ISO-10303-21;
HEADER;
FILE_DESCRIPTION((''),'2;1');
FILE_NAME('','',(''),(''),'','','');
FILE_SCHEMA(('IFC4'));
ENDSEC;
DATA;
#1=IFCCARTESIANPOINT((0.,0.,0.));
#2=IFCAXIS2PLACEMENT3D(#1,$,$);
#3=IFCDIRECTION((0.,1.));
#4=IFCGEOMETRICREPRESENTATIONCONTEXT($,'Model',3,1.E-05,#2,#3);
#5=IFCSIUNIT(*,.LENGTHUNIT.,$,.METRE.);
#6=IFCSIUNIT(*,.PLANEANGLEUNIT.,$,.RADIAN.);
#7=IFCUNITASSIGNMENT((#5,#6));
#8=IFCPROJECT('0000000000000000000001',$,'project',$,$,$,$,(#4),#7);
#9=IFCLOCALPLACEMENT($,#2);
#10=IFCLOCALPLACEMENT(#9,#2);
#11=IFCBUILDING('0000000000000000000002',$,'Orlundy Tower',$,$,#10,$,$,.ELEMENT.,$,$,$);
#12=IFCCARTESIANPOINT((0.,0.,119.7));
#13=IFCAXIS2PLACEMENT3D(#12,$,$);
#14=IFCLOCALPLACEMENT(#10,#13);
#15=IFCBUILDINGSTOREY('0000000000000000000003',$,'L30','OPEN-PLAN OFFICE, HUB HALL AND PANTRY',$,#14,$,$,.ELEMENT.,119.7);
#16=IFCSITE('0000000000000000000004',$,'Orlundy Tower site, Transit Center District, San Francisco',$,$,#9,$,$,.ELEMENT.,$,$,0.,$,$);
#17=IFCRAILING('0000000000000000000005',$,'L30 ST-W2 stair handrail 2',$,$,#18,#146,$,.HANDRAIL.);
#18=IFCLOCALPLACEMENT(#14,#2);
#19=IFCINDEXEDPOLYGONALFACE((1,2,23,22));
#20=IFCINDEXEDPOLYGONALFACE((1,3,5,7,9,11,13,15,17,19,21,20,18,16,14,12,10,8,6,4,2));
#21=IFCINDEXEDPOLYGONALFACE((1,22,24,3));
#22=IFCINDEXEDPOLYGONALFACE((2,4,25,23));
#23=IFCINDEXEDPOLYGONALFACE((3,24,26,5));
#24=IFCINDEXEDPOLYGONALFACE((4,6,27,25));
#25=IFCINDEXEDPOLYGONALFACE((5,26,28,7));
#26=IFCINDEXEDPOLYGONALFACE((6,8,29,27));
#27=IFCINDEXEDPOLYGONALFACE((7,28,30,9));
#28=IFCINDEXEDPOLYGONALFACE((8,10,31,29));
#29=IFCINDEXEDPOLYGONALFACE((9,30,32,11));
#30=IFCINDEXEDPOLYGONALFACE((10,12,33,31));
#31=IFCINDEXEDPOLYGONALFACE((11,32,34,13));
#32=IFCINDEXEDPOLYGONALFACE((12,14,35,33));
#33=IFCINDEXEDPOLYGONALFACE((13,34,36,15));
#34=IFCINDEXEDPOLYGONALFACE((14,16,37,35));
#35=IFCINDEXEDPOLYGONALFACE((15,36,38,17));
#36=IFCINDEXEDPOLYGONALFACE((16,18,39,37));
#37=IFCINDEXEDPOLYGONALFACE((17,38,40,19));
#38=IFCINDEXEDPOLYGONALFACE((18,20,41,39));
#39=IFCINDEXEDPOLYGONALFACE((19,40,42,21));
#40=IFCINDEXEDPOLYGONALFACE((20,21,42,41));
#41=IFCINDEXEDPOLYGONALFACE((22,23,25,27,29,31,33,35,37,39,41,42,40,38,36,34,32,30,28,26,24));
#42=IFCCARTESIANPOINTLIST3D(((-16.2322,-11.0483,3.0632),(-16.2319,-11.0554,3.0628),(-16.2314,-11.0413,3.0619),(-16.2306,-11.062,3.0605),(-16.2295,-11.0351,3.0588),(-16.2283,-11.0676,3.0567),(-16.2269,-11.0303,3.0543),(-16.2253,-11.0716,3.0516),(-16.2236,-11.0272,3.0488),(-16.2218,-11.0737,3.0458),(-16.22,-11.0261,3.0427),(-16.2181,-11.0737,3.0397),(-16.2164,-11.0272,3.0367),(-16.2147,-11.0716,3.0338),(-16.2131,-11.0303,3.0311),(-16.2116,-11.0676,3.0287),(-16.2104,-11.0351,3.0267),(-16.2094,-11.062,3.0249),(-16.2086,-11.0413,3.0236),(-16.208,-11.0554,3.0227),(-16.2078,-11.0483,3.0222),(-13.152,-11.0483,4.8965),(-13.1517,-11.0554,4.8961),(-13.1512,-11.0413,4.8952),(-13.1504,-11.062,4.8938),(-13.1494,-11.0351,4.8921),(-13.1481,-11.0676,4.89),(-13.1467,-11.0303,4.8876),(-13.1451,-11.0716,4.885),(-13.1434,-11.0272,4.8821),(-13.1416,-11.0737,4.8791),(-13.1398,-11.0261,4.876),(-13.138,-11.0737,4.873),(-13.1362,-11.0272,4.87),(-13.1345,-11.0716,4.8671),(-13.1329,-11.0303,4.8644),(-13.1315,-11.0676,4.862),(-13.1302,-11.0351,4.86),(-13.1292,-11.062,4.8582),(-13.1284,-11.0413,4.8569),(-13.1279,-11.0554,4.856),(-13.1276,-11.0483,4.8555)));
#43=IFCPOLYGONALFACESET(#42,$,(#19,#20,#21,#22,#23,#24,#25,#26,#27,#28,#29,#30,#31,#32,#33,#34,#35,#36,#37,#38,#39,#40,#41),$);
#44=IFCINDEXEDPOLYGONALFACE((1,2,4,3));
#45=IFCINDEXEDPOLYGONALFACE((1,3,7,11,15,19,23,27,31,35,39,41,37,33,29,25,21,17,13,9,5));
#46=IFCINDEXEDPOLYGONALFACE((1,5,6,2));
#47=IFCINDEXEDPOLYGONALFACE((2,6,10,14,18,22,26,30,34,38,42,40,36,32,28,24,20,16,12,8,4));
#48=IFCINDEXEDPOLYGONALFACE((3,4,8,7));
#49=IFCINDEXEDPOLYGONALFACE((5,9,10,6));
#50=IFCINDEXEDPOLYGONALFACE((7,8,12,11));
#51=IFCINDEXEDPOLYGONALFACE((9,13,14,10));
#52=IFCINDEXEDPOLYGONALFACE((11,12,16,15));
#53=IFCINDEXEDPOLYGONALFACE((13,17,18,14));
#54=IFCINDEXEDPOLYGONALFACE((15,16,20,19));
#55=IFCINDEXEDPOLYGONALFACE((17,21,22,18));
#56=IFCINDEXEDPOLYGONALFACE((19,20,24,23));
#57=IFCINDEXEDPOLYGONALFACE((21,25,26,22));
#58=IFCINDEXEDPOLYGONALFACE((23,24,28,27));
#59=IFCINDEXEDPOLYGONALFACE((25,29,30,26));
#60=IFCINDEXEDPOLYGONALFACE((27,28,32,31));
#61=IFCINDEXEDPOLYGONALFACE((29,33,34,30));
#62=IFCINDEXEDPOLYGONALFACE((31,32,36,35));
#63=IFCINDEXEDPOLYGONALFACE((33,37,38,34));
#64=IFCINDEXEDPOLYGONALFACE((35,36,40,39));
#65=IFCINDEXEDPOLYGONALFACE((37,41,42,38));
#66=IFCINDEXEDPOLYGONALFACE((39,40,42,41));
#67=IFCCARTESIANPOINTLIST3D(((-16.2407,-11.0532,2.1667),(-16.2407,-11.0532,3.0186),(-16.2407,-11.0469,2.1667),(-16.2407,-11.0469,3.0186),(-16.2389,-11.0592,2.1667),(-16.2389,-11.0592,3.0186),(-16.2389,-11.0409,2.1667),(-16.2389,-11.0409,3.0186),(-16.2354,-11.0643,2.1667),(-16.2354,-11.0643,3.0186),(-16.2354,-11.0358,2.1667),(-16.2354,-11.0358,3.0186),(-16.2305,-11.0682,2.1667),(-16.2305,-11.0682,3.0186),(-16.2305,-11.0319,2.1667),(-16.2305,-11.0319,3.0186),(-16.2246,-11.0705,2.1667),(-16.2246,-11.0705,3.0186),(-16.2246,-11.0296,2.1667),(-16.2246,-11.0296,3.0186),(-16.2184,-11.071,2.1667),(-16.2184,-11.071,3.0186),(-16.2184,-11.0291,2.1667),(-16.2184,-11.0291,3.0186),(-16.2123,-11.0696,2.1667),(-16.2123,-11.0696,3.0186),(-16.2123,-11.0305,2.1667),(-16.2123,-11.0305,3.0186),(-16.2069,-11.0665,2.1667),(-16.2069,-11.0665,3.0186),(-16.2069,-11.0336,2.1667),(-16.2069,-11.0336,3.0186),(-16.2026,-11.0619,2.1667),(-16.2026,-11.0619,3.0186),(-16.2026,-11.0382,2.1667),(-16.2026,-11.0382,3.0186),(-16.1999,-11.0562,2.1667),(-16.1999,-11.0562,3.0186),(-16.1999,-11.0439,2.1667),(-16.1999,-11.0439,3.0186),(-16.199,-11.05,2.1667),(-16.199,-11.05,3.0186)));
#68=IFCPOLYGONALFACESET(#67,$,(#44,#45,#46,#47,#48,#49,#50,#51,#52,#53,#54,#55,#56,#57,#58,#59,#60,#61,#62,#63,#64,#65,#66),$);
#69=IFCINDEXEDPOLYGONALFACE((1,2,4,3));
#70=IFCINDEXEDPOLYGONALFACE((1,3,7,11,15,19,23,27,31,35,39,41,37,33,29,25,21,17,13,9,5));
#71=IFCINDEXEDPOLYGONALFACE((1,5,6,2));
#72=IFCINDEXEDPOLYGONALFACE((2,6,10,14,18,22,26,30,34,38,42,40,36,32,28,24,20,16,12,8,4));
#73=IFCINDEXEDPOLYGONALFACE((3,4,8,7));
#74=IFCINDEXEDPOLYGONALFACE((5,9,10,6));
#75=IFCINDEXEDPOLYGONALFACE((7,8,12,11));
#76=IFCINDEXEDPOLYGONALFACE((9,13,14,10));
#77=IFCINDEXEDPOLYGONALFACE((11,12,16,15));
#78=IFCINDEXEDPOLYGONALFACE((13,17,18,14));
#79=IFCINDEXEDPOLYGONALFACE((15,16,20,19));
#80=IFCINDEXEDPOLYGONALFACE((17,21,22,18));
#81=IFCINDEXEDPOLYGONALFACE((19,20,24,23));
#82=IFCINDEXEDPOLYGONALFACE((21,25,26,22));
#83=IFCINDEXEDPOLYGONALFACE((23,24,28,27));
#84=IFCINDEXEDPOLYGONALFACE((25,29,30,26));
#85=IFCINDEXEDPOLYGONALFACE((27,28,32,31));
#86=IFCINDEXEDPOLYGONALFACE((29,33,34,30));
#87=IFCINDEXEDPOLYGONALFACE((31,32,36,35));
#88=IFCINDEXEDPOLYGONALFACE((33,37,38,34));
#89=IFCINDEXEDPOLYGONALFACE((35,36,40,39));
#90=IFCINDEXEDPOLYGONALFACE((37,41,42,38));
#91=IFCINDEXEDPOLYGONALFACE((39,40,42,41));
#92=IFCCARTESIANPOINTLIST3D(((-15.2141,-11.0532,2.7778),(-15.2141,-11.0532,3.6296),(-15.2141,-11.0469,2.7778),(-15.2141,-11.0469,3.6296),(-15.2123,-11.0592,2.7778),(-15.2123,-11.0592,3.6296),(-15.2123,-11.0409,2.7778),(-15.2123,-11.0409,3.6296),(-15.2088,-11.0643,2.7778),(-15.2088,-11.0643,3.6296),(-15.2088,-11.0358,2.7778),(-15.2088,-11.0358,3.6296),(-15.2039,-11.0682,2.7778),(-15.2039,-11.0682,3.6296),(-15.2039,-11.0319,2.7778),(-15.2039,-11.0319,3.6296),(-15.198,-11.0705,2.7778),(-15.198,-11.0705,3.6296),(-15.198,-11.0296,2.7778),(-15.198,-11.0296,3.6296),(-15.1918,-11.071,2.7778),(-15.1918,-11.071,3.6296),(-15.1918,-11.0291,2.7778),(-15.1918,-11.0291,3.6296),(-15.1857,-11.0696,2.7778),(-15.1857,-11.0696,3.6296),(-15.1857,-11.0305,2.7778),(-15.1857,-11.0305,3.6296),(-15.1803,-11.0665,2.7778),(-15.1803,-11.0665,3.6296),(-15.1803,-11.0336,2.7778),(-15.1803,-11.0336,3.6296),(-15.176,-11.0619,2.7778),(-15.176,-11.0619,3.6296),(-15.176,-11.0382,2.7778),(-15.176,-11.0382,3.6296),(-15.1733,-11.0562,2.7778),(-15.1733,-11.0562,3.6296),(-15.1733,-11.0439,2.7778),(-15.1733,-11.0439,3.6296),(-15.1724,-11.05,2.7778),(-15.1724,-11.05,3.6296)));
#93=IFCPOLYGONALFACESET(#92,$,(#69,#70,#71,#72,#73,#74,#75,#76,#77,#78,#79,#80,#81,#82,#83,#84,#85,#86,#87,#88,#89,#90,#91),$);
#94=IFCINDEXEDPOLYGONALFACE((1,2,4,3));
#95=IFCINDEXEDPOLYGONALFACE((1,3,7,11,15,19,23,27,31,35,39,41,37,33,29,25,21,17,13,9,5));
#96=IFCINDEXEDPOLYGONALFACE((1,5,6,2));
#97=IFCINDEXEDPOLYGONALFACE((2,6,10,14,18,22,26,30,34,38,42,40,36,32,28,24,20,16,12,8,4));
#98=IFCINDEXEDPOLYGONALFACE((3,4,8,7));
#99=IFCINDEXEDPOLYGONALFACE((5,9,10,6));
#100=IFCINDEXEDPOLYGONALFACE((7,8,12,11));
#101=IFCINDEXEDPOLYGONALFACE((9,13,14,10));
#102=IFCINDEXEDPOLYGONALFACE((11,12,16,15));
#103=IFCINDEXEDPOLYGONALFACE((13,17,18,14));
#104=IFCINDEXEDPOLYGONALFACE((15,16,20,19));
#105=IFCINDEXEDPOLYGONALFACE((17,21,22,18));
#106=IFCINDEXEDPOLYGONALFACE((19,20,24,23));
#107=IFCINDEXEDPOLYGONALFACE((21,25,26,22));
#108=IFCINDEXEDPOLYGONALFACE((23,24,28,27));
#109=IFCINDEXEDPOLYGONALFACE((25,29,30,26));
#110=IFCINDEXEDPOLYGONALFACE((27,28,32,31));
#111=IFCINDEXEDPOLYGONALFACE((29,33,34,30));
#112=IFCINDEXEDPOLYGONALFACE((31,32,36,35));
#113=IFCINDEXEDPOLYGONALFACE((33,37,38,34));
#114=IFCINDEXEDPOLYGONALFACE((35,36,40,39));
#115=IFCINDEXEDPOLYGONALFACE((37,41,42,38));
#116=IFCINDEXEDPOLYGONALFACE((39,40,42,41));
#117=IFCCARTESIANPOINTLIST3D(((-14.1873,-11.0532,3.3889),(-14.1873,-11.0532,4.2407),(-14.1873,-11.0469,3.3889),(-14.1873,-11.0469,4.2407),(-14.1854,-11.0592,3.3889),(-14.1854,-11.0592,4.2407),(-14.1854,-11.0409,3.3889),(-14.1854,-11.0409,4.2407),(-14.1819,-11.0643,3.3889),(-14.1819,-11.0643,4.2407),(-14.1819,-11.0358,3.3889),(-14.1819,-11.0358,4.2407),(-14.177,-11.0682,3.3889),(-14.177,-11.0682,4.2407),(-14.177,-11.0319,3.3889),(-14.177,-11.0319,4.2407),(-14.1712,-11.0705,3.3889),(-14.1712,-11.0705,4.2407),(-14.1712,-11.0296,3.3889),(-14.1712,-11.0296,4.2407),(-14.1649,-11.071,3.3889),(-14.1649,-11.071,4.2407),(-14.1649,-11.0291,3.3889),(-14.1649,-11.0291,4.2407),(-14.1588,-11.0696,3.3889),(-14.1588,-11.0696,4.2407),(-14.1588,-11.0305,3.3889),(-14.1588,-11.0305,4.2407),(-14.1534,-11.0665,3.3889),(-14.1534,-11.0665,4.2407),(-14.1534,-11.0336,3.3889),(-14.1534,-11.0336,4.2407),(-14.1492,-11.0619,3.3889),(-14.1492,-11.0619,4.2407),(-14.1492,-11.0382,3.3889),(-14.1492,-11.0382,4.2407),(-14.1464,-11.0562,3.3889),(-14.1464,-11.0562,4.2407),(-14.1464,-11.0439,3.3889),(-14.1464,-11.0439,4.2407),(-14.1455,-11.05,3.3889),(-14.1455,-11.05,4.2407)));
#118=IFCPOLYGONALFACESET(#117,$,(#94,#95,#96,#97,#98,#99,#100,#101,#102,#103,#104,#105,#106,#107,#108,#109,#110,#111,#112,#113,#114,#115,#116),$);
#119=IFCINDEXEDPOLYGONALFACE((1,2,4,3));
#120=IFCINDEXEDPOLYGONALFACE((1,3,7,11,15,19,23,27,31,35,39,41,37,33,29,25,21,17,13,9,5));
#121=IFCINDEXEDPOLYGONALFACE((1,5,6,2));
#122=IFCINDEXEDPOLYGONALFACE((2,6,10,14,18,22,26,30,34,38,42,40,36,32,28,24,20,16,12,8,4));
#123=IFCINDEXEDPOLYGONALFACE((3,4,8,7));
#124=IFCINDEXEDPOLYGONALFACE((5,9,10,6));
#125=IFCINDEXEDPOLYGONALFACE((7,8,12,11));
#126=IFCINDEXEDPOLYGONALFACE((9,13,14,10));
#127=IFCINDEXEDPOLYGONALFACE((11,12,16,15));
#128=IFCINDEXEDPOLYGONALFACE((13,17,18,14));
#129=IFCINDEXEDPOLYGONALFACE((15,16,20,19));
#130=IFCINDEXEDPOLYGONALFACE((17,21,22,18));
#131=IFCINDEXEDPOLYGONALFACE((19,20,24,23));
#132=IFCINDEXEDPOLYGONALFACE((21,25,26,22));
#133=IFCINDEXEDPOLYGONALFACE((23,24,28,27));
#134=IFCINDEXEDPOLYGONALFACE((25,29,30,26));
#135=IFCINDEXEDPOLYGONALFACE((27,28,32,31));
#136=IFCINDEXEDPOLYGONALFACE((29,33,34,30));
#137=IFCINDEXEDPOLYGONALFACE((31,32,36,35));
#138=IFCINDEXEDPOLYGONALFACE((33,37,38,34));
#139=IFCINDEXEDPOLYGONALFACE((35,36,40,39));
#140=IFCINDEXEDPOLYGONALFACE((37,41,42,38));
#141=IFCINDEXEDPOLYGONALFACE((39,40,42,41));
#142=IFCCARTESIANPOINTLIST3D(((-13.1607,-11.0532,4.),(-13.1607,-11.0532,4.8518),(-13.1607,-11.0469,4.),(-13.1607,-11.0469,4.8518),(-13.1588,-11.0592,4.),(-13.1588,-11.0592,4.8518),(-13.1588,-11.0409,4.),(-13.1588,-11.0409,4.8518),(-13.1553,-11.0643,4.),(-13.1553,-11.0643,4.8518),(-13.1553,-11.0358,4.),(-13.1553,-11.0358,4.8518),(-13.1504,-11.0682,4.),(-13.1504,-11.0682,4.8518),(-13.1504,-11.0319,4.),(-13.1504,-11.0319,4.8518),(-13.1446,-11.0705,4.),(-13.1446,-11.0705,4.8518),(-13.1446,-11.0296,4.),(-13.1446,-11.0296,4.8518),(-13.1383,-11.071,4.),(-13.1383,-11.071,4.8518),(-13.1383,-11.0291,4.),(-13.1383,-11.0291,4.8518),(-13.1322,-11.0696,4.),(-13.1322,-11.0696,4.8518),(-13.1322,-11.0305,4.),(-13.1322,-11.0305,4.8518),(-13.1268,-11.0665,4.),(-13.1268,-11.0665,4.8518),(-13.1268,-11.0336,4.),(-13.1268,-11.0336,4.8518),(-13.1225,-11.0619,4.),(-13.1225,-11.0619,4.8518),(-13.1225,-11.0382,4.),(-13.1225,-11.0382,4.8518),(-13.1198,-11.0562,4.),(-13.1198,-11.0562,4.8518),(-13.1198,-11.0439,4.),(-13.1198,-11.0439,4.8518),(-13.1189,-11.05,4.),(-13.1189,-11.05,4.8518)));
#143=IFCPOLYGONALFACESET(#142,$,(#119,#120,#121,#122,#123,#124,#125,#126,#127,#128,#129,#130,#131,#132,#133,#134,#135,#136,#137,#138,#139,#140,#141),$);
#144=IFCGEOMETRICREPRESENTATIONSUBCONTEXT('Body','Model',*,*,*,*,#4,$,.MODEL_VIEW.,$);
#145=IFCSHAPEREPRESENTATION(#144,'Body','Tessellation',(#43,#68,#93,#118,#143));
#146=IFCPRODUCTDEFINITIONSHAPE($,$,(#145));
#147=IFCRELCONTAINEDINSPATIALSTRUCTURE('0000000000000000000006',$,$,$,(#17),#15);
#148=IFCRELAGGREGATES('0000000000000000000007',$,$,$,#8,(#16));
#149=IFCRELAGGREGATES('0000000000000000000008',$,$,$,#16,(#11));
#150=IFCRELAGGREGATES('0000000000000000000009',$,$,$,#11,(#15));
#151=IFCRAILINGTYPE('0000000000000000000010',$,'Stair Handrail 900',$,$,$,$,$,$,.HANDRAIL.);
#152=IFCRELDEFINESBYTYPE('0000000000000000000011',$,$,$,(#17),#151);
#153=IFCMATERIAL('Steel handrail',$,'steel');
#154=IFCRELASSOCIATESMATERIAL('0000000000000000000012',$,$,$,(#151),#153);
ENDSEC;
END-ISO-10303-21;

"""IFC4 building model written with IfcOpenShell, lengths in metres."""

from ifc_helpers import new_model, si_unit, direction, frame, origin, origin_2d, place, context, subcontext, project, spatial, circle, extrude, material, type_object, element, save


model = new_model("IFC4")

# Units and contexts
model_context = context("Model", 3, precision=1e-05, world=origin(), true_north=direction((0.0, 1.0)))
body_context = subcontext(model_context, "Body", "Model", "MODEL_VIEW")
ifc_project = project(units=[si_unit("LENGTHUNIT", "METRE"), si_unit("PLANEANGLEUNIT", "RADIAN")], contexts=[model_context])

# Site, building, storey
site_placement = place(None, origin())
site = spatial("IfcSite", under=ifc_project, at=site_placement, Name="Orlundy Tower site, Transit Center District, San Francisco", CompositionType="ELEMENT", RefElevation=0.0)
building_placement = place(site_placement, origin())
building = spatial("IfcBuilding", under=site, at=building_placement, Name="Orlundy Tower", CompositionType="ELEMENT")
storey_placement = place(building_placement, frame((0.0, 0.0, 119.7)))
storey = spatial("IfcBuildingStorey", under=building, at=storey_placement, Name="L30", Description="OPEN-PLAN OFFICE, HUB HALL AND PANTRY", CompositionType="ELEMENT", Elevation=119.7)

# Railing
ifc_material_1 = material(Name="Steel handrail", Category="steel")
railing_type_1 = type_object("IfcRailingType", Name="Stair Handrail 900", PredefinedType="HANDRAIL", material=ifc_material_1)
railing_1_placement = place(storey_placement, frame((-16.22, -11.05, 2.1667)))
element("IfcRailing", 1, at=railing_1_placement, inside=storey, type_object=railing_type_1, Name="L30 ST-W2 stair handrail 2", PredefinedType="HANDRAIL", context=body_context, shape_type="SweptSolid", body=[
    extrude(circle(Radius=0.0239, at=origin_2d()), frame((0.0, 0.0, 0.876), z_axis=(0.859309, 0.0, 0.511458), x_axis=(0.0, 1.0, 0.0)), (0.0, 0.0, 1.0), 3.5845),
    extrude(circle(Radius=0.021, at=origin_2d()), origin(), (0.0, 0.0, 1.0), 0.8518),
    extrude(circle(Radius=0.021, at=origin_2d()), frame((1.0266, 0.0, 0.6111)), (0.0, 0.0, 1.0), 0.8518),
    extrude(circle(Radius=0.021, at=origin_2d()), frame((2.0535, 0.0, 1.2222)), (0.0, 0.0, 1.0), 0.8518),
    extrude(circle(Radius=0.021, at=origin_2d()), frame((3.0801, 0.0, 1.8333)), (0.0, 0.0, 1.0), 0.8518),
])

save(model, "model.ifc")
